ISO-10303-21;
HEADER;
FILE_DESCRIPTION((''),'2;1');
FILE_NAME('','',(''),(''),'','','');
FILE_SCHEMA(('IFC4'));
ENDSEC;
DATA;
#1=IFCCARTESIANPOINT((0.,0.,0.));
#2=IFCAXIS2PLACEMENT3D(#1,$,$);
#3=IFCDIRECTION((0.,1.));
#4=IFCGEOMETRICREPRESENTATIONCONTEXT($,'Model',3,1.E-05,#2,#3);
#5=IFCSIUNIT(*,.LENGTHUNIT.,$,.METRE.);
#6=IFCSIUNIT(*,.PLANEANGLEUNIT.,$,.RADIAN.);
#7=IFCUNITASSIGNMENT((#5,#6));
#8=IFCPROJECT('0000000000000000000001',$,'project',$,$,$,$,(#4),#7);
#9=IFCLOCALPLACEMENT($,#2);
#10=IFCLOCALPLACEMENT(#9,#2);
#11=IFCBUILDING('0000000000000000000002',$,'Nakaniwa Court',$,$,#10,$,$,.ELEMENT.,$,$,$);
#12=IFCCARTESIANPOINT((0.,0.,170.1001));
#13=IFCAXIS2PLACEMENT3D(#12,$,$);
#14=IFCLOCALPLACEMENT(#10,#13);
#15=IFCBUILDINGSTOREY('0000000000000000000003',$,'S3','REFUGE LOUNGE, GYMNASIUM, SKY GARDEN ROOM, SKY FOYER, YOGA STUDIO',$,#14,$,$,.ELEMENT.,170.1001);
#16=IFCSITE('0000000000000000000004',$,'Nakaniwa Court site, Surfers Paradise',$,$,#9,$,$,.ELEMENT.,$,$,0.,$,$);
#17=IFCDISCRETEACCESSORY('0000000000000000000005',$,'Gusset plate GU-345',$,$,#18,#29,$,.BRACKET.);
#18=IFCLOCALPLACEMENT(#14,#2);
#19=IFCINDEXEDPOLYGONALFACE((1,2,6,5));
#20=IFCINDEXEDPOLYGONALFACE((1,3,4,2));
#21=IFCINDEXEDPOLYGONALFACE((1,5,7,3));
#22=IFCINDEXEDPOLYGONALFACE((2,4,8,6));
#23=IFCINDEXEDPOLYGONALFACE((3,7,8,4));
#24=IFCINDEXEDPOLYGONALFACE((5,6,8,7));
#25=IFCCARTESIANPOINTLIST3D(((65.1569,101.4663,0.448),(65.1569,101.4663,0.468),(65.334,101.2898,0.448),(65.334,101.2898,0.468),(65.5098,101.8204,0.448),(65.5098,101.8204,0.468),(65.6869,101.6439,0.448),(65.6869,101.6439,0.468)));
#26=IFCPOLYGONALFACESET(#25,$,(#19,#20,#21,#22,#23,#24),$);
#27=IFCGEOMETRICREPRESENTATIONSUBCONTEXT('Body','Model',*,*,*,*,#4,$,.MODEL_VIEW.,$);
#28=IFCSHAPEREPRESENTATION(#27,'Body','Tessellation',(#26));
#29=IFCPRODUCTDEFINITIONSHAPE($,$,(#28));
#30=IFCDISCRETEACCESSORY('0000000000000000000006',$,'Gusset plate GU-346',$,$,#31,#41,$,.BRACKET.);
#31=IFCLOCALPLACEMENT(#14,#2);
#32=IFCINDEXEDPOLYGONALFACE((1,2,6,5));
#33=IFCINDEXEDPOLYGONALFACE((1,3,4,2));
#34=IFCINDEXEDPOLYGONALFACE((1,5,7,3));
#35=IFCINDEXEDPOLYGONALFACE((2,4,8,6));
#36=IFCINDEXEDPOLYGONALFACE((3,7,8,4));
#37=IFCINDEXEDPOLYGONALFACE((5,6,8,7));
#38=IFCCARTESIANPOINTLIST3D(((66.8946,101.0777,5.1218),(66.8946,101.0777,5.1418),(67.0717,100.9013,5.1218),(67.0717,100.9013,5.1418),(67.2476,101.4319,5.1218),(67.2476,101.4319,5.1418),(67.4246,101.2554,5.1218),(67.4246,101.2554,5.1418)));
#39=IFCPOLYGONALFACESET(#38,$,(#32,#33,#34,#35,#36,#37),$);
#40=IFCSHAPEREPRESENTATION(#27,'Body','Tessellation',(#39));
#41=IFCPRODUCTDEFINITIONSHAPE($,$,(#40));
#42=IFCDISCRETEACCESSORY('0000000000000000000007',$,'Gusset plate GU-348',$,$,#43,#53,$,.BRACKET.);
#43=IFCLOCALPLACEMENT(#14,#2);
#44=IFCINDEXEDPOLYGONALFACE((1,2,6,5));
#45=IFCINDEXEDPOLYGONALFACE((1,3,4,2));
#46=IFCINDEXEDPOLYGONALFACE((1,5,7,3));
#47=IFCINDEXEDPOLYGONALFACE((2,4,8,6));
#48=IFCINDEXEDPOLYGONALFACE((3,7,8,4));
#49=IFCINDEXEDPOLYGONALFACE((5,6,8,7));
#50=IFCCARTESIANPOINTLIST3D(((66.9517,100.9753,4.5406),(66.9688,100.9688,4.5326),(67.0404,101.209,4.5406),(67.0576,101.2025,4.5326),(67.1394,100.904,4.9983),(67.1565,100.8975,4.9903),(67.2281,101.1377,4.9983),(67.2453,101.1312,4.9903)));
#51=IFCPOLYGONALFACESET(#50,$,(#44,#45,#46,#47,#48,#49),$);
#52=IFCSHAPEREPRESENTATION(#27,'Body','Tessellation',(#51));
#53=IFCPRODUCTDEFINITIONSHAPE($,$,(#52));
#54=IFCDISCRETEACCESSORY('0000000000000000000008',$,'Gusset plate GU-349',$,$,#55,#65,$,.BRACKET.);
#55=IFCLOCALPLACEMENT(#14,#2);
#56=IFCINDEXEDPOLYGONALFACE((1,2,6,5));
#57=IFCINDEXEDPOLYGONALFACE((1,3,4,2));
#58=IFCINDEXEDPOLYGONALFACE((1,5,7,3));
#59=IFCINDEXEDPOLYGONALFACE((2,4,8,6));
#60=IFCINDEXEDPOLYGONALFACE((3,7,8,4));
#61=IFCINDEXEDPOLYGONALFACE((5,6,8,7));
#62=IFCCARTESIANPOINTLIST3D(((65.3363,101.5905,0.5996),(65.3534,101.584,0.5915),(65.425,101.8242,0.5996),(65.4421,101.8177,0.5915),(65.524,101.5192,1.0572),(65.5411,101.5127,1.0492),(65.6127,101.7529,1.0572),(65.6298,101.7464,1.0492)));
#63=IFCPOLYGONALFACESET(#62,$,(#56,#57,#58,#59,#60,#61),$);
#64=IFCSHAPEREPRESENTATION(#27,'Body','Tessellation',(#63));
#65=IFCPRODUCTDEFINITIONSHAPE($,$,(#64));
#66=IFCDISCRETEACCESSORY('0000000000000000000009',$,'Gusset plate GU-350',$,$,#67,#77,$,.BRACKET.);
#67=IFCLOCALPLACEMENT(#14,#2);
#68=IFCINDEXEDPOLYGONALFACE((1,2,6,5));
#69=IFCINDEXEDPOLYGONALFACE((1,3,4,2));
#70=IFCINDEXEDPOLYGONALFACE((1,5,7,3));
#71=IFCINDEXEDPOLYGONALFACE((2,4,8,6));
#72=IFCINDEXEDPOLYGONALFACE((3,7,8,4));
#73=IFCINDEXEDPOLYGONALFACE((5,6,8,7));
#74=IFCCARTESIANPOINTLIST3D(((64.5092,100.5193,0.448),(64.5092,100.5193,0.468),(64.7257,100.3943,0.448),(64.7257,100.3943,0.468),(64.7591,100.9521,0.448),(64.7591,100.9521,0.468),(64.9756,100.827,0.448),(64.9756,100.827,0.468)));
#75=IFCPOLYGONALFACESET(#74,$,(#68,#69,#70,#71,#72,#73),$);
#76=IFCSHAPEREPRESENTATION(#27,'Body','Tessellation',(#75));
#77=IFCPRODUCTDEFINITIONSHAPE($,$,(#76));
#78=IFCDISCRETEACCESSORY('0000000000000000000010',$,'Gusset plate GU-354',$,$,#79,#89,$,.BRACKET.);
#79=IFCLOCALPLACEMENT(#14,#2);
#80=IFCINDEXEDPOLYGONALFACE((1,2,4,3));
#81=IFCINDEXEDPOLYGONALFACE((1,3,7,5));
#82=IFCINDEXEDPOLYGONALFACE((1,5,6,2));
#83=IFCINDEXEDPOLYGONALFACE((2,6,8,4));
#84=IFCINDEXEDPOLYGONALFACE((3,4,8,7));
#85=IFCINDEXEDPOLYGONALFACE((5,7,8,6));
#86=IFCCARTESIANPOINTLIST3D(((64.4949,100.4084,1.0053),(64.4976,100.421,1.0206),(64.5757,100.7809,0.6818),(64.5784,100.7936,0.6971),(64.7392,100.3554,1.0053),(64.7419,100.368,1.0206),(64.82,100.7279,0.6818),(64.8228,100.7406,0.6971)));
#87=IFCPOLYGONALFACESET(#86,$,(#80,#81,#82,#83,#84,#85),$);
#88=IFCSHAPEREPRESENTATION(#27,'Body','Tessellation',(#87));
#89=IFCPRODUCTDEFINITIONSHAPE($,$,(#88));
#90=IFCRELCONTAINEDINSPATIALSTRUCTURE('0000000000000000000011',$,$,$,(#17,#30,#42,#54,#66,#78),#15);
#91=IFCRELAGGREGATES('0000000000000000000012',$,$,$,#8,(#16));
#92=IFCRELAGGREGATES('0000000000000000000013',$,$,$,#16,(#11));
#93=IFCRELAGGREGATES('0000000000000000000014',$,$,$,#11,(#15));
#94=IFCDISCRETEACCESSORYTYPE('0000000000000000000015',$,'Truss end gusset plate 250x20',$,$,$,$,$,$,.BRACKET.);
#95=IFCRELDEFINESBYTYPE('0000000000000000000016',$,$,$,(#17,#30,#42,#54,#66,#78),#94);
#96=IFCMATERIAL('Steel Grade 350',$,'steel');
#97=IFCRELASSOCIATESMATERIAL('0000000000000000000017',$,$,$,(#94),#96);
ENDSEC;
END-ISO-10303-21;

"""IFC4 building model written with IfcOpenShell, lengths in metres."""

from ifc_helpers import new_model, si_unit, direction, frame, origin, origin_2d, place, context, subcontext, project, spatial, rectangle, extrude, material, material_profile, profile_set, type_object, element, save


model = new_model("IFC4")

# Units and contexts
model_context = context("Model", 3, precision=1e-05, world=origin(), true_north=direction((0.0, 1.0)))
body_context = subcontext(model_context, "Body", "Model", "MODEL_VIEW")
ifc_project = project(units=[si_unit("LENGTHUNIT", "METRE"), si_unit("PLANEANGLEUNIT", "RADIAN")], contexts=[model_context])

# Site, building, storey
site_placement = place(None, origin())
site = spatial("IfcSite", under=ifc_project, at=site_placement, Name="Nakaniwa Court site, Surfers Paradise", CompositionType="ELEMENT", RefElevation=0.0)
building_placement = place(site_placement, origin())
building = spatial("IfcBuilding", under=site, at=building_placement, Name="Nakaniwa Court", CompositionType="ELEMENT")
storey_placement = place(building_placement, frame((0.0, 0.0, 170.1001)))
storey = spatial("IfcBuildingStorey", under=building, at=storey_placement, Name="S3", Description="REFUGE LOUNGE, GYMNASIUM, SKY GARDEN ROOM, SKY FOYER, YOGA STUDIO", CompositionType="ELEMENT", Elevation=170.1001)

# Shared definitions
ifc_material_1 = material(Name="Steel Grade 350", Category="steel")

# Discrete accessories
ifc_material_profile_1 = material_profile(ifc_material_1, rectangle(XDim=0.25, YDim=0.02, at=origin_2d()), Name="Truss end gusset plate 250x20")
ifc_profile_set_1 = profile_set([ifc_material_profile_1], Name="Steel Grade 350")
discrete_accessory_type = type_object("IfcDiscreteAccessoryType", Name="Truss end gusset plate 250x20", PredefinedType="BRACKET", material=ifc_profile_set_1)
for number, where, z_axis, x_axis, name in (
    (1, (65.5984, 101.7322, 0.458), (-0.705885, -0.708326, 0.0), (0.708326, -0.705885, 0.0), "Gusset plate GU-345"),
    (2, (66.9832, 100.9895, 5.1318), (0.705885, 0.708326, 0.0), (-0.708326, 0.705885, 0.0), "Gusset plate GU-346"),
):
    element("IfcDiscreteAccessory", number, at=place(storey_placement, frame(where, z_axis=z_axis, x_axis=x_axis)), inside=storey, type_object=discrete_accessory_type, Name=name, PredefinedType="BRACKET", context=body_context, shape_type="SweptSolid", body=[
        extrude(rectangle(XDim=0.25, YDim=0.02, at=origin_2d()), origin(), (0.0, 0.0, 1.0), 0.5),
    ])
for number, where, z_axis, x_axis, name in (
    (3, (67.0046, 101.0889, 4.5366), (0.37558, -0.142613, 0.915752), (0.354984, 0.934872, 0.0), "Gusset plate GU-348"),
    (4, (65.5769, 101.6328, 1.0532), (-0.37558, 0.142613, -0.915752), (-0.354984, -0.934872, 0.0), "Gusset plate GU-349"),
    (5, (64.6174, 100.4568, 0.458), (0.500131, 0.86595, 0.0), (-0.86595, 0.500131, 0.0), "Gusset plate GU-350"),
):
    element("IfcDiscreteAccessory", number, at=place(storey_placement, frame(where, z_axis=z_axis, x_axis=x_axis)), inside=storey, type_object=discrete_accessory_type, Name=name, PredefinedType="BRACKET", context=body_context, shape_type="SweptSolid", body=[
        extrude(rectangle(XDim=0.25, YDim=0.02, at=origin_2d()), origin(), (0.0, 0.0, 1.0), 0.4998),
    ])
discrete_accessory_1_placement = place(storey_placement, frame((64.6184, 100.3882, 1.0129), z_axis=(0.16163, 0.745156, -0.647007), x_axis=(-0.977275, 0.211978, 0.0)))
element("IfcDiscreteAccessory", 6, at=discrete_accessory_1_placement, inside=storey, type_object=discrete_accessory_type, Name="Gusset plate GU-354", PredefinedType="BRACKET", context=body_context, shape_type="SweptSolid", body=[
    extrude(rectangle(XDim=0.25, YDim=0.02, at=origin_2d()), origin(), (0.0, 0.0, 1.0), 0.5),
])

save(model, "model.ifc")
